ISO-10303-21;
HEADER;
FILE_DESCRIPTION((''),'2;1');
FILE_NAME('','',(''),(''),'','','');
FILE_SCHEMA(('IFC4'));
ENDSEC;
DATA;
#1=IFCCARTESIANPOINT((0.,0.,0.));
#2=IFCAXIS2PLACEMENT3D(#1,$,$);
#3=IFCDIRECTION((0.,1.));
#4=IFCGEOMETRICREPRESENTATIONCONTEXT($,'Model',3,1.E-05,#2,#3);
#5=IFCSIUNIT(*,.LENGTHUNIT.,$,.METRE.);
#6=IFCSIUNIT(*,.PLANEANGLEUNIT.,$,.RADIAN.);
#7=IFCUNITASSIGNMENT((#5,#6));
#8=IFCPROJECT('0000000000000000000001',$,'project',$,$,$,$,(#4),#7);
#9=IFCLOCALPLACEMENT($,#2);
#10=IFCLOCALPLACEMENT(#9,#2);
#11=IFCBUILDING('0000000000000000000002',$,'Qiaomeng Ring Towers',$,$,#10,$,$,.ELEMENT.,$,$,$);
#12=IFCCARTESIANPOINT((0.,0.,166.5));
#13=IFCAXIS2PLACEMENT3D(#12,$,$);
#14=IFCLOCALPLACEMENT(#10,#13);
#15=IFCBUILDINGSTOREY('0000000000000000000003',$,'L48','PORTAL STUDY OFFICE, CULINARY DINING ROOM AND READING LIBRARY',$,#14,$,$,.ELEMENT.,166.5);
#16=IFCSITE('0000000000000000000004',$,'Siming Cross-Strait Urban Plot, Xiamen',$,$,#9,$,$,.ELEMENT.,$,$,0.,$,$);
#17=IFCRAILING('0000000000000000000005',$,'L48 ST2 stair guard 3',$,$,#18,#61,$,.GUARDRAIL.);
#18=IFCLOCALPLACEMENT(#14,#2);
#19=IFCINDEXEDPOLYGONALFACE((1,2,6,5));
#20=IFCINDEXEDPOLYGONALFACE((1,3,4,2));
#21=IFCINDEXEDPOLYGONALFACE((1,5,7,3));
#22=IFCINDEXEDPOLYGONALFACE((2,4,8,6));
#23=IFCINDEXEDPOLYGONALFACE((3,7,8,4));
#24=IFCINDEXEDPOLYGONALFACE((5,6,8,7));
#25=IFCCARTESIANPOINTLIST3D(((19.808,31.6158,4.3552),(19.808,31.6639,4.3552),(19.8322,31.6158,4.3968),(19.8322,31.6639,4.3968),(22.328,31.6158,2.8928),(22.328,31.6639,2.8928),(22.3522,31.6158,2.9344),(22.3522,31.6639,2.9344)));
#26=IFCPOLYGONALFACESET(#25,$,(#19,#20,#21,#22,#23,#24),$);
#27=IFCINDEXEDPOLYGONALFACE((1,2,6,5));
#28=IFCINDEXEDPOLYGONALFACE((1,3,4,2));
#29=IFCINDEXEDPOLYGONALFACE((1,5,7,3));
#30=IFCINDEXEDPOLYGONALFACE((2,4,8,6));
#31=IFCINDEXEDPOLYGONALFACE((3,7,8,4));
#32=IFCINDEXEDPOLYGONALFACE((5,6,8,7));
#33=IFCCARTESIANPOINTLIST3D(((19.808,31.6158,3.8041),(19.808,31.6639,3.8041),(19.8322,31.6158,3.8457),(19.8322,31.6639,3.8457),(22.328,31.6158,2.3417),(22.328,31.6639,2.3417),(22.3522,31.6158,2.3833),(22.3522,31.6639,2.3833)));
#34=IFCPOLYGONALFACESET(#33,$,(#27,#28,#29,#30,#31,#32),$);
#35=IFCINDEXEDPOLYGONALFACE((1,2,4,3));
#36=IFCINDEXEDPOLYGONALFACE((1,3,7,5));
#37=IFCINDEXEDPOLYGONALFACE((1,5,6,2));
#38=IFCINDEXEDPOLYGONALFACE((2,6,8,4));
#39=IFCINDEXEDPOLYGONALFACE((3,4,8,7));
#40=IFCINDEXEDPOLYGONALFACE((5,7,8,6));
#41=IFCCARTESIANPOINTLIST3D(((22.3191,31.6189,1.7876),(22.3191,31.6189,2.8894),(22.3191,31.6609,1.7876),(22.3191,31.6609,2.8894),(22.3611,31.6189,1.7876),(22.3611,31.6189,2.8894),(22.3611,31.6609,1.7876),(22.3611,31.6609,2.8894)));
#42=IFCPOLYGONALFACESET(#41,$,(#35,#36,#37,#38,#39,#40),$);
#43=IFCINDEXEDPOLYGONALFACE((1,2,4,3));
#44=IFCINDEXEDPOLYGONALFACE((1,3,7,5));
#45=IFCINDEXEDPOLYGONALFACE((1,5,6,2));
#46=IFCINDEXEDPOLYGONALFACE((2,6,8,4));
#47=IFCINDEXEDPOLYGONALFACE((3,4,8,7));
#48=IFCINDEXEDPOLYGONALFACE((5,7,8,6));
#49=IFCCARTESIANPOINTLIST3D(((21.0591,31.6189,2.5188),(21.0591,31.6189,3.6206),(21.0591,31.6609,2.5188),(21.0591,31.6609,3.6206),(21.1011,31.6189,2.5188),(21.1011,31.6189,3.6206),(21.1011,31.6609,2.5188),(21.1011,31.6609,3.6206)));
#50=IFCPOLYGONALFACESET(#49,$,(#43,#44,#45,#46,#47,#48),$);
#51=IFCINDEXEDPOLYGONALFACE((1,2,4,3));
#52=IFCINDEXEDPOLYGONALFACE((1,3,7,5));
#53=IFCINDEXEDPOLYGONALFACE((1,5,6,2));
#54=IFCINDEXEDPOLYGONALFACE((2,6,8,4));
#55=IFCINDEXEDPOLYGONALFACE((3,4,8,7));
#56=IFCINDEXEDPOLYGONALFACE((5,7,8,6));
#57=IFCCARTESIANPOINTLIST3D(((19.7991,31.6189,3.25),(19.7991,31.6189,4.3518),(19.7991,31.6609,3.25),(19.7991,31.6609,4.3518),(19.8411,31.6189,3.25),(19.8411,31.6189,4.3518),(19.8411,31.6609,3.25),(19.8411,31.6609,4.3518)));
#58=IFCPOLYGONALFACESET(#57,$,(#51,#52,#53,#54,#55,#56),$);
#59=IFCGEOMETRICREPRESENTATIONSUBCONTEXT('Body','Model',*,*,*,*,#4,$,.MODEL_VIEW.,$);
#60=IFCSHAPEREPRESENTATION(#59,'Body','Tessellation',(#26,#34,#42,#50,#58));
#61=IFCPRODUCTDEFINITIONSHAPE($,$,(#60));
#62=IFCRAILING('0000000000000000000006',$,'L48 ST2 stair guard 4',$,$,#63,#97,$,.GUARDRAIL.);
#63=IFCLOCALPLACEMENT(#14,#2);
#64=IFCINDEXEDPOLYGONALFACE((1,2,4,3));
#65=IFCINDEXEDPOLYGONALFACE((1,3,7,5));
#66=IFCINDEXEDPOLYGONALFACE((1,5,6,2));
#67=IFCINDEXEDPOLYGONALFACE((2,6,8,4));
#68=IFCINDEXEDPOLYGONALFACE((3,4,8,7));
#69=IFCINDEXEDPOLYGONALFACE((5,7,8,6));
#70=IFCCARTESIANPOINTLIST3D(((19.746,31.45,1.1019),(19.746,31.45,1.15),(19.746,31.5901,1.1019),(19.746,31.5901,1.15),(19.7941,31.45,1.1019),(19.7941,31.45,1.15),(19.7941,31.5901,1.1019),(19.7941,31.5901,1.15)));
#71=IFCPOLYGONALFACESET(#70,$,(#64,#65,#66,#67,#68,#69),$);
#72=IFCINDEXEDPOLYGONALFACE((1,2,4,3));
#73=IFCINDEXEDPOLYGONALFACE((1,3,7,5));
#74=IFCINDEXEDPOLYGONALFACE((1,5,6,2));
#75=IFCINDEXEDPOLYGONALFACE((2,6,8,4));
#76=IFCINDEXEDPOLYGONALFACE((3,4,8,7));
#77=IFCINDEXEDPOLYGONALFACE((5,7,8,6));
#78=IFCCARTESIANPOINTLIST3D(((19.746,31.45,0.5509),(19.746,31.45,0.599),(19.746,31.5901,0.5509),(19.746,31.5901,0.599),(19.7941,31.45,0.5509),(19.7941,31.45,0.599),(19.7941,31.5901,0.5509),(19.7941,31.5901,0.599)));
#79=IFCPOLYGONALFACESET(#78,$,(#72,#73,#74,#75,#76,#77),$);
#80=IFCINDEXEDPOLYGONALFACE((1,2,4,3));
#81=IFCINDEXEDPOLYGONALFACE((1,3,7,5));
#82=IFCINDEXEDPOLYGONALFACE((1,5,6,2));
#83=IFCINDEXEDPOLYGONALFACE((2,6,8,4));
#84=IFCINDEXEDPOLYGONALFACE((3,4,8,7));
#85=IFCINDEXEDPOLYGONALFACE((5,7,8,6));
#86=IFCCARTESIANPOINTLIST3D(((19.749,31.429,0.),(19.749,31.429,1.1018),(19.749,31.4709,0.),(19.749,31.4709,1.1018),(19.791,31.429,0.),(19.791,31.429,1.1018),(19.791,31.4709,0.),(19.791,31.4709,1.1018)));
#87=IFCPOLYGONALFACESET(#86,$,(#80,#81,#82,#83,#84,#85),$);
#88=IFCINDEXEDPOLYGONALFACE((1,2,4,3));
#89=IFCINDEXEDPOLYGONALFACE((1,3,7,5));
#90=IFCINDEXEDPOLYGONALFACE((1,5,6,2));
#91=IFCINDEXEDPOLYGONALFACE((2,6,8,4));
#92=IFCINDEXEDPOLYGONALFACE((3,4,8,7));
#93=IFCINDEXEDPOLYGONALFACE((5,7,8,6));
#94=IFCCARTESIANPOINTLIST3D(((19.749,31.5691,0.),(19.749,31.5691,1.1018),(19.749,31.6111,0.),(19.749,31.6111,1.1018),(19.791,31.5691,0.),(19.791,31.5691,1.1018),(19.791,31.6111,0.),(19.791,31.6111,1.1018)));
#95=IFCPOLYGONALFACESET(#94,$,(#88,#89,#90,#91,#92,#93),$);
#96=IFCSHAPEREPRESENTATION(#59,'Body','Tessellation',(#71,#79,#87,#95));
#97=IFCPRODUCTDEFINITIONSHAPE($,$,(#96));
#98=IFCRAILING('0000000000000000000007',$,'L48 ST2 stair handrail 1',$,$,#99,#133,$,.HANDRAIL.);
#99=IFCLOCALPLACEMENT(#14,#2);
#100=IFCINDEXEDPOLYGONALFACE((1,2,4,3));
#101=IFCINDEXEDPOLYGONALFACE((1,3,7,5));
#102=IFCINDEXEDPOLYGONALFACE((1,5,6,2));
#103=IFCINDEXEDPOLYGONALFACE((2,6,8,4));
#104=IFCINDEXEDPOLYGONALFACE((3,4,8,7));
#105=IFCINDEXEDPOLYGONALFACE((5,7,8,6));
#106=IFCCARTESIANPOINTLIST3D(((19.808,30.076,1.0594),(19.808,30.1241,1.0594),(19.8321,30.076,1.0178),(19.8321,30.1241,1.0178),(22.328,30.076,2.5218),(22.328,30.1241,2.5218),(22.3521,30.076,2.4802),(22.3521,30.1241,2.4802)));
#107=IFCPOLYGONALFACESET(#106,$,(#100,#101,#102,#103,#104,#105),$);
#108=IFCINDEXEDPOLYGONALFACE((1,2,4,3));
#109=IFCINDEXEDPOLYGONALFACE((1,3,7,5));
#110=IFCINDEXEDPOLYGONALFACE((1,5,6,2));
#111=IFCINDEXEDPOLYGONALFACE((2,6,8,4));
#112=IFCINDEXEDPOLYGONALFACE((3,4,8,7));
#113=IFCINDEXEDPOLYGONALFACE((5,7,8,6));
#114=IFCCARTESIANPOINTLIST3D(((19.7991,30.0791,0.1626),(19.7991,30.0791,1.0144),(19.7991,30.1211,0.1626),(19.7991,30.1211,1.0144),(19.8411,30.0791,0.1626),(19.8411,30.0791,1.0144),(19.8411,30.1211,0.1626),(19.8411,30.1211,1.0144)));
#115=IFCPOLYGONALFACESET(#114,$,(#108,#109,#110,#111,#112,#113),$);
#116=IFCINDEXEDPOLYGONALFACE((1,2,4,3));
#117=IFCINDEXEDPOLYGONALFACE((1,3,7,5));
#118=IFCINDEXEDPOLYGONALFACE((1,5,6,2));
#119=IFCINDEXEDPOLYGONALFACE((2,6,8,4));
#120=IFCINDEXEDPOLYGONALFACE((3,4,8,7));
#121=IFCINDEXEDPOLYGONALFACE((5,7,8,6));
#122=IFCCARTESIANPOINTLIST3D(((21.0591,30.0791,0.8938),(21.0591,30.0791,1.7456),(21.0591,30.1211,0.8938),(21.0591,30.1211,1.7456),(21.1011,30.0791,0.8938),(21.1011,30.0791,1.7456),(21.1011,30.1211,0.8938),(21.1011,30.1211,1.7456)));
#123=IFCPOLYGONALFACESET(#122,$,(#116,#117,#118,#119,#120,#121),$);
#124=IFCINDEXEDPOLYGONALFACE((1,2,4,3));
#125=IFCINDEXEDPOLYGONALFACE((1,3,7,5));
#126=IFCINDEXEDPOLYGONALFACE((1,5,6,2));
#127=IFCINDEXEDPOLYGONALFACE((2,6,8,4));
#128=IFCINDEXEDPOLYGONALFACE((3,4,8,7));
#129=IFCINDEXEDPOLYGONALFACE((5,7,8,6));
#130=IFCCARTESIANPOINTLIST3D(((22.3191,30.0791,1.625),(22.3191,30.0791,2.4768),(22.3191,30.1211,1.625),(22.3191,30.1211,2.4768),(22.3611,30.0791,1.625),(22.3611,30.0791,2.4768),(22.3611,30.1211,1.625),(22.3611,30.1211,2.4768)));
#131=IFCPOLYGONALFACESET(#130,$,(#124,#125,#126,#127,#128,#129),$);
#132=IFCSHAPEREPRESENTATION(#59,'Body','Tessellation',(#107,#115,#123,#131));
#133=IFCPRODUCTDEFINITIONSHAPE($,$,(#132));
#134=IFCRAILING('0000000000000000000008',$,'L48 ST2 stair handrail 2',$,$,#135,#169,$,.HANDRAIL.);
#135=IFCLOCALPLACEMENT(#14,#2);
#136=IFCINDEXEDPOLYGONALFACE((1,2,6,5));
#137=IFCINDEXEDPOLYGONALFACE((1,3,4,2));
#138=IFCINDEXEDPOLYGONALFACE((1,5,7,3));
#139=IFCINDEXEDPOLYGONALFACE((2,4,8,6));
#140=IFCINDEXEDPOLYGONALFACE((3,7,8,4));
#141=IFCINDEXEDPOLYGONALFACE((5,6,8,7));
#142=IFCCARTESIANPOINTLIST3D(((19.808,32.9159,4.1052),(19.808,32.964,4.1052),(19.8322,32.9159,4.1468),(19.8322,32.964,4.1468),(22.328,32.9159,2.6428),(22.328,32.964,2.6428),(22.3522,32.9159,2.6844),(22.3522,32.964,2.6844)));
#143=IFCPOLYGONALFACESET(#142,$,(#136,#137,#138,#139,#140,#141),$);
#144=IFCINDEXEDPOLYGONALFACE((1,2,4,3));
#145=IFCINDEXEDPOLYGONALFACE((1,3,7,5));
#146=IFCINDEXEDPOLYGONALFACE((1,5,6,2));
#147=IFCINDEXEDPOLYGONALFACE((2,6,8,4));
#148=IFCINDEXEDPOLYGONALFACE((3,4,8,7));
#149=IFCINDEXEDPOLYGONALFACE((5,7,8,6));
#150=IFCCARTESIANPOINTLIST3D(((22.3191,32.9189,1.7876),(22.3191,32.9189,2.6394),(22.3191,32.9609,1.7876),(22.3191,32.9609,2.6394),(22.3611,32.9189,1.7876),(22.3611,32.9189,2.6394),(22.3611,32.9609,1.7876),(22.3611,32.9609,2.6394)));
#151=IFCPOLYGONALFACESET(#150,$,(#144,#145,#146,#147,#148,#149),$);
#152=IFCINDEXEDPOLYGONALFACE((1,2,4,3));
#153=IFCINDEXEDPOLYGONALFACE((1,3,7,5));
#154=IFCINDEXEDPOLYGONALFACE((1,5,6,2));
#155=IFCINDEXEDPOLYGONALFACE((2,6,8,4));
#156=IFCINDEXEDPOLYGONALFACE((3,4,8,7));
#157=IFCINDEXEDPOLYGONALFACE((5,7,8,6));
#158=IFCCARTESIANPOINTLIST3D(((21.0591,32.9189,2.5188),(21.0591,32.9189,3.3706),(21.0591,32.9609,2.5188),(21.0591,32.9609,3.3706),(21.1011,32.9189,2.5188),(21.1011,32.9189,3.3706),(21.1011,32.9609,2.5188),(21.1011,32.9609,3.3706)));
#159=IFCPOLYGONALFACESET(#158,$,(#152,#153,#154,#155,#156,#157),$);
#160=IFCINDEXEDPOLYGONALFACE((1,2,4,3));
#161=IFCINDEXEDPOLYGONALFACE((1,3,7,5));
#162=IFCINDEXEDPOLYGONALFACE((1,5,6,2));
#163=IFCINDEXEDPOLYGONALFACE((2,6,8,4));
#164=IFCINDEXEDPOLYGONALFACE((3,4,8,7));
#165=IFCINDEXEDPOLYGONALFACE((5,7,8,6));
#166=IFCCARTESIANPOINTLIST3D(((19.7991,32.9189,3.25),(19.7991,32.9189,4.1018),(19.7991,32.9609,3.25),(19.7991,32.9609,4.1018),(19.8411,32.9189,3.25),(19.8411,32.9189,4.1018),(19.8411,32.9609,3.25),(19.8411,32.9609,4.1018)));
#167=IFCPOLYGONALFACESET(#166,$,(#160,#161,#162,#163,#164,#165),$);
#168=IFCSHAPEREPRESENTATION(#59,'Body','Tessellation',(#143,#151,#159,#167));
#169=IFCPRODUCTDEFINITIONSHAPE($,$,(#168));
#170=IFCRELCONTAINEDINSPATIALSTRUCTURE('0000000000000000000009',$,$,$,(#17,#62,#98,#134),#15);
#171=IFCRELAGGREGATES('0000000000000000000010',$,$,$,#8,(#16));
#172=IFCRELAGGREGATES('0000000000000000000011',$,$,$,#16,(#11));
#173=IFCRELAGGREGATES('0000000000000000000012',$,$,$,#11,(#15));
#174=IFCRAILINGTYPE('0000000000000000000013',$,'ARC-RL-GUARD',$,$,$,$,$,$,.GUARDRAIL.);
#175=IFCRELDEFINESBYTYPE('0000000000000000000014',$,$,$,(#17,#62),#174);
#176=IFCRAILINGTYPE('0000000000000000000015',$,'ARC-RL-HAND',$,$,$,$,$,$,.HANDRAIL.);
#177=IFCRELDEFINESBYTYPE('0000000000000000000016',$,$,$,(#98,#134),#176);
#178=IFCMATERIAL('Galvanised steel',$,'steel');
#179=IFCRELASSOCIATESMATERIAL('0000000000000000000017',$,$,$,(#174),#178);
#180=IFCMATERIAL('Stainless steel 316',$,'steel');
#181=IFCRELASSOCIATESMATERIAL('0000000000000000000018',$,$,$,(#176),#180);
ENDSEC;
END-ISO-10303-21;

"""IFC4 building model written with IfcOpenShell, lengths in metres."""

from ifc_helpers import new_model, si_unit, direction, frame, origin, origin_2d, place, context, subcontext, project, spatial, rectangle, extrude, material, type_object, element, save


model = new_model("IFC4")

# Units and contexts
model_context = context("Model", 3, precision=1e-05, world=origin(), true_north=direction((0.0, 1.0)))
body_context = subcontext(model_context, "Body", "Model", "MODEL_VIEW")
ifc_project = project(units=[si_unit("LENGTHUNIT", "METRE"), si_unit("PLANEANGLEUNIT", "RADIAN")], contexts=[model_context])

# Site, building, storey
site_placement = place(None, origin())
site = spatial("IfcSite", under=ifc_project, at=site_placement, Name="Siming Cross-Strait Urban Plot, Xiamen", CompositionType="ELEMENT", RefElevation=0.0)
building_placement = place(site_placement, origin())
building = spatial("IfcBuilding", under=site, at=building_placement, Name="Qiaomeng Ring Towers", CompositionType="ELEMENT")
storey_placement = place(building_placement, frame((0.0, 0.0, 166.5)))
storey = spatial("IfcBuildingStorey", under=building, at=storey_placement, Name="L48", Description="PORTAL STUDY OFFICE, CULINARY DINING ROOM AND READING LIBRARY", CompositionType="ELEMENT", Elevation=166.5)

# Shared definitions
ifc_material_1 = material(Name="Galvanised steel", Category="steel")

# Shared definitions
ifc_material_2 = material(Name="Stainless steel 316", Category="steel")

# Railings
railing_type_1 = type_object("IfcRailingType", Name="ARC-RL-GUARD", PredefinedType="GUARDRAIL", material=ifc_material_1)
railing_1_placement = place(storey_placement, frame((22.3401, 31.6399, 1.7876)))
element("IfcRailing", 1, at=railing_1_placement, inside=storey, type_object=railing_type_1, Name="L48 ST2 stair guard 3", PredefinedType="GUARDRAIL", context=body_context, shape_type="SweptSolid", body=[
    extrude(rectangle(XDim=0.0481, YDim=0.0481, at=origin_2d()), frame((0.0, 0.0, 1.126), z_axis=(-0.864913, 0.0, 0.501921), x_axis=(0.0, -1.0, 0.0)), (0.0, 0.0, 1.0), 2.9136),
    extrude(rectangle(XDim=0.0481, YDim=0.0481, at=origin_2d()), frame((0.0, 0.0, 0.575), z_axis=(-0.864913, 0.0, 0.501921), x_axis=(0.0, -1.0, 0.0)), (0.0, 0.0, 1.0), 2.9136),
    extrude(rectangle(XDim=0.042, YDim=0.042, at=origin_2d()), origin(), (0.0, 0.0, 1.0), 1.1018),
    extrude(rectangle(XDim=0.042, YDim=0.042, at=origin_2d()), frame((-1.26, 0.0, 0.7312)), (0.0, 0.0, 1.0), 1.1018),
    extrude(rectangle(XDim=0.042, YDim=0.042, at=origin_2d()), frame((-2.52, 0.0, 1.4624)), (0.0, 0.0, 1.0), 1.1018),
])
railing_2_placement = place(storey_placement, frame((19.77, 31.45, 0.0)))
element("IfcRailing", 2, at=railing_2_placement, inside=storey, type_object=railing_type_1, Name="L48 ST2 stair guard 4", PredefinedType="GUARDRAIL", context=body_context, shape_type="SweptSolid", body=[
    extrude(rectangle(XDim=0.0481, YDim=0.0481, at=origin_2d()), frame((0.0, 0.0, 1.126), z_axis=(0.0, 1.0, 0.0), x_axis=(-1.0, 0.0, 0.0)), (0.0, 0.0, 1.0), 0.1401),
    extrude(rectangle(XDim=0.0481, YDim=0.0481, at=origin_2d()), frame((0.0, 0.0, 0.575), z_axis=(0.0, 1.0, 0.0), x_axis=(-1.0, 0.0, 0.0)), (0.0, 0.0, 1.0), 0.1401),
    extrude(rectangle(XDim=0.042, YDim=0.042, at=origin_2d()), origin(), (0.0, 0.0, 1.0), 1.1018),
    extrude(rectangle(XDim=0.042, YDim=0.042, at=origin_2d()), frame((0.0, 0.1401, 0.0)), (0.0, 0.0, 1.0), 1.1018),
])
railing_type_2 = type_object("IfcRailingType", Name="ARC-RL-HAND", PredefinedType="HANDRAIL", material=ifc_material_2)
railing_3_placement = place(storey_placement, frame((19.8201, 30.1001, 0.1626)))
element("IfcRailing", 3, at=railing_3_placement, inside=storey, type_object=railing_type_2, Name="L48 ST2 stair handrail 1", PredefinedType="HANDRAIL", context=body_context, shape_type="SweptSolid", body=[
    extrude(rectangle(XDim=0.0481, YDim=0.0481, at=origin_2d()), frame((0.0, 0.0, 0.876), z_axis=(0.864913, 0.0, 0.501921), x_axis=(0.0, 1.0, 0.0)), (0.0, 0.0, 1.0), 2.9136),
    extrude(rectangle(XDim=0.042, YDim=0.042, at=origin_2d()), origin(), (0.0, 0.0, 1.0), 0.8518),
    extrude(rectangle(XDim=0.042, YDim=0.042, at=origin_2d()), frame((1.26, 0.0, 0.7312)), (0.0, 0.0, 1.0), 0.8518),
    extrude(rectangle(XDim=0.042, YDim=0.042, at=origin_2d()), frame((2.52, 0.0, 1.4624)), (0.0, 0.0, 1.0), 0.8518),
])
railing_4_placement = place(storey_placement, frame((22.3401, 32.9399, 1.7876)))
element("IfcRailing", 4, at=railing_4_placement, inside=storey, type_object=railing_type_2, Name="L48 ST2 stair handrail 2", PredefinedType="HANDRAIL", context=body_context, shape_type="SweptSolid", body=[
    extrude(rectangle(XDim=0.0481, YDim=0.0481, at=origin_2d()), frame((0.0, 0.0, 0.876), z_axis=(-0.864913, 0.0, 0.501921), x_axis=(0.0, -1.0, 0.0)), (0.0, 0.0, 1.0), 2.9136),
    extrude(rectangle(XDim=0.042, YDim=0.042, at=origin_2d()), origin(), (0.0, 0.0, 1.0), 0.8518),
    extrude(rectangle(XDim=0.042, YDim=0.042, at=origin_2d()), frame((-1.26, 0.0, 0.7312)), (0.0, 0.0, 1.0), 0.8518),
    extrude(rectangle(XDim=0.042, YDim=0.042, at=origin_2d()), frame((-2.52, 0.0, 1.4624)), (0.0, 0.0, 1.0), 0.8518),
])

save(model, "model.ifc")
